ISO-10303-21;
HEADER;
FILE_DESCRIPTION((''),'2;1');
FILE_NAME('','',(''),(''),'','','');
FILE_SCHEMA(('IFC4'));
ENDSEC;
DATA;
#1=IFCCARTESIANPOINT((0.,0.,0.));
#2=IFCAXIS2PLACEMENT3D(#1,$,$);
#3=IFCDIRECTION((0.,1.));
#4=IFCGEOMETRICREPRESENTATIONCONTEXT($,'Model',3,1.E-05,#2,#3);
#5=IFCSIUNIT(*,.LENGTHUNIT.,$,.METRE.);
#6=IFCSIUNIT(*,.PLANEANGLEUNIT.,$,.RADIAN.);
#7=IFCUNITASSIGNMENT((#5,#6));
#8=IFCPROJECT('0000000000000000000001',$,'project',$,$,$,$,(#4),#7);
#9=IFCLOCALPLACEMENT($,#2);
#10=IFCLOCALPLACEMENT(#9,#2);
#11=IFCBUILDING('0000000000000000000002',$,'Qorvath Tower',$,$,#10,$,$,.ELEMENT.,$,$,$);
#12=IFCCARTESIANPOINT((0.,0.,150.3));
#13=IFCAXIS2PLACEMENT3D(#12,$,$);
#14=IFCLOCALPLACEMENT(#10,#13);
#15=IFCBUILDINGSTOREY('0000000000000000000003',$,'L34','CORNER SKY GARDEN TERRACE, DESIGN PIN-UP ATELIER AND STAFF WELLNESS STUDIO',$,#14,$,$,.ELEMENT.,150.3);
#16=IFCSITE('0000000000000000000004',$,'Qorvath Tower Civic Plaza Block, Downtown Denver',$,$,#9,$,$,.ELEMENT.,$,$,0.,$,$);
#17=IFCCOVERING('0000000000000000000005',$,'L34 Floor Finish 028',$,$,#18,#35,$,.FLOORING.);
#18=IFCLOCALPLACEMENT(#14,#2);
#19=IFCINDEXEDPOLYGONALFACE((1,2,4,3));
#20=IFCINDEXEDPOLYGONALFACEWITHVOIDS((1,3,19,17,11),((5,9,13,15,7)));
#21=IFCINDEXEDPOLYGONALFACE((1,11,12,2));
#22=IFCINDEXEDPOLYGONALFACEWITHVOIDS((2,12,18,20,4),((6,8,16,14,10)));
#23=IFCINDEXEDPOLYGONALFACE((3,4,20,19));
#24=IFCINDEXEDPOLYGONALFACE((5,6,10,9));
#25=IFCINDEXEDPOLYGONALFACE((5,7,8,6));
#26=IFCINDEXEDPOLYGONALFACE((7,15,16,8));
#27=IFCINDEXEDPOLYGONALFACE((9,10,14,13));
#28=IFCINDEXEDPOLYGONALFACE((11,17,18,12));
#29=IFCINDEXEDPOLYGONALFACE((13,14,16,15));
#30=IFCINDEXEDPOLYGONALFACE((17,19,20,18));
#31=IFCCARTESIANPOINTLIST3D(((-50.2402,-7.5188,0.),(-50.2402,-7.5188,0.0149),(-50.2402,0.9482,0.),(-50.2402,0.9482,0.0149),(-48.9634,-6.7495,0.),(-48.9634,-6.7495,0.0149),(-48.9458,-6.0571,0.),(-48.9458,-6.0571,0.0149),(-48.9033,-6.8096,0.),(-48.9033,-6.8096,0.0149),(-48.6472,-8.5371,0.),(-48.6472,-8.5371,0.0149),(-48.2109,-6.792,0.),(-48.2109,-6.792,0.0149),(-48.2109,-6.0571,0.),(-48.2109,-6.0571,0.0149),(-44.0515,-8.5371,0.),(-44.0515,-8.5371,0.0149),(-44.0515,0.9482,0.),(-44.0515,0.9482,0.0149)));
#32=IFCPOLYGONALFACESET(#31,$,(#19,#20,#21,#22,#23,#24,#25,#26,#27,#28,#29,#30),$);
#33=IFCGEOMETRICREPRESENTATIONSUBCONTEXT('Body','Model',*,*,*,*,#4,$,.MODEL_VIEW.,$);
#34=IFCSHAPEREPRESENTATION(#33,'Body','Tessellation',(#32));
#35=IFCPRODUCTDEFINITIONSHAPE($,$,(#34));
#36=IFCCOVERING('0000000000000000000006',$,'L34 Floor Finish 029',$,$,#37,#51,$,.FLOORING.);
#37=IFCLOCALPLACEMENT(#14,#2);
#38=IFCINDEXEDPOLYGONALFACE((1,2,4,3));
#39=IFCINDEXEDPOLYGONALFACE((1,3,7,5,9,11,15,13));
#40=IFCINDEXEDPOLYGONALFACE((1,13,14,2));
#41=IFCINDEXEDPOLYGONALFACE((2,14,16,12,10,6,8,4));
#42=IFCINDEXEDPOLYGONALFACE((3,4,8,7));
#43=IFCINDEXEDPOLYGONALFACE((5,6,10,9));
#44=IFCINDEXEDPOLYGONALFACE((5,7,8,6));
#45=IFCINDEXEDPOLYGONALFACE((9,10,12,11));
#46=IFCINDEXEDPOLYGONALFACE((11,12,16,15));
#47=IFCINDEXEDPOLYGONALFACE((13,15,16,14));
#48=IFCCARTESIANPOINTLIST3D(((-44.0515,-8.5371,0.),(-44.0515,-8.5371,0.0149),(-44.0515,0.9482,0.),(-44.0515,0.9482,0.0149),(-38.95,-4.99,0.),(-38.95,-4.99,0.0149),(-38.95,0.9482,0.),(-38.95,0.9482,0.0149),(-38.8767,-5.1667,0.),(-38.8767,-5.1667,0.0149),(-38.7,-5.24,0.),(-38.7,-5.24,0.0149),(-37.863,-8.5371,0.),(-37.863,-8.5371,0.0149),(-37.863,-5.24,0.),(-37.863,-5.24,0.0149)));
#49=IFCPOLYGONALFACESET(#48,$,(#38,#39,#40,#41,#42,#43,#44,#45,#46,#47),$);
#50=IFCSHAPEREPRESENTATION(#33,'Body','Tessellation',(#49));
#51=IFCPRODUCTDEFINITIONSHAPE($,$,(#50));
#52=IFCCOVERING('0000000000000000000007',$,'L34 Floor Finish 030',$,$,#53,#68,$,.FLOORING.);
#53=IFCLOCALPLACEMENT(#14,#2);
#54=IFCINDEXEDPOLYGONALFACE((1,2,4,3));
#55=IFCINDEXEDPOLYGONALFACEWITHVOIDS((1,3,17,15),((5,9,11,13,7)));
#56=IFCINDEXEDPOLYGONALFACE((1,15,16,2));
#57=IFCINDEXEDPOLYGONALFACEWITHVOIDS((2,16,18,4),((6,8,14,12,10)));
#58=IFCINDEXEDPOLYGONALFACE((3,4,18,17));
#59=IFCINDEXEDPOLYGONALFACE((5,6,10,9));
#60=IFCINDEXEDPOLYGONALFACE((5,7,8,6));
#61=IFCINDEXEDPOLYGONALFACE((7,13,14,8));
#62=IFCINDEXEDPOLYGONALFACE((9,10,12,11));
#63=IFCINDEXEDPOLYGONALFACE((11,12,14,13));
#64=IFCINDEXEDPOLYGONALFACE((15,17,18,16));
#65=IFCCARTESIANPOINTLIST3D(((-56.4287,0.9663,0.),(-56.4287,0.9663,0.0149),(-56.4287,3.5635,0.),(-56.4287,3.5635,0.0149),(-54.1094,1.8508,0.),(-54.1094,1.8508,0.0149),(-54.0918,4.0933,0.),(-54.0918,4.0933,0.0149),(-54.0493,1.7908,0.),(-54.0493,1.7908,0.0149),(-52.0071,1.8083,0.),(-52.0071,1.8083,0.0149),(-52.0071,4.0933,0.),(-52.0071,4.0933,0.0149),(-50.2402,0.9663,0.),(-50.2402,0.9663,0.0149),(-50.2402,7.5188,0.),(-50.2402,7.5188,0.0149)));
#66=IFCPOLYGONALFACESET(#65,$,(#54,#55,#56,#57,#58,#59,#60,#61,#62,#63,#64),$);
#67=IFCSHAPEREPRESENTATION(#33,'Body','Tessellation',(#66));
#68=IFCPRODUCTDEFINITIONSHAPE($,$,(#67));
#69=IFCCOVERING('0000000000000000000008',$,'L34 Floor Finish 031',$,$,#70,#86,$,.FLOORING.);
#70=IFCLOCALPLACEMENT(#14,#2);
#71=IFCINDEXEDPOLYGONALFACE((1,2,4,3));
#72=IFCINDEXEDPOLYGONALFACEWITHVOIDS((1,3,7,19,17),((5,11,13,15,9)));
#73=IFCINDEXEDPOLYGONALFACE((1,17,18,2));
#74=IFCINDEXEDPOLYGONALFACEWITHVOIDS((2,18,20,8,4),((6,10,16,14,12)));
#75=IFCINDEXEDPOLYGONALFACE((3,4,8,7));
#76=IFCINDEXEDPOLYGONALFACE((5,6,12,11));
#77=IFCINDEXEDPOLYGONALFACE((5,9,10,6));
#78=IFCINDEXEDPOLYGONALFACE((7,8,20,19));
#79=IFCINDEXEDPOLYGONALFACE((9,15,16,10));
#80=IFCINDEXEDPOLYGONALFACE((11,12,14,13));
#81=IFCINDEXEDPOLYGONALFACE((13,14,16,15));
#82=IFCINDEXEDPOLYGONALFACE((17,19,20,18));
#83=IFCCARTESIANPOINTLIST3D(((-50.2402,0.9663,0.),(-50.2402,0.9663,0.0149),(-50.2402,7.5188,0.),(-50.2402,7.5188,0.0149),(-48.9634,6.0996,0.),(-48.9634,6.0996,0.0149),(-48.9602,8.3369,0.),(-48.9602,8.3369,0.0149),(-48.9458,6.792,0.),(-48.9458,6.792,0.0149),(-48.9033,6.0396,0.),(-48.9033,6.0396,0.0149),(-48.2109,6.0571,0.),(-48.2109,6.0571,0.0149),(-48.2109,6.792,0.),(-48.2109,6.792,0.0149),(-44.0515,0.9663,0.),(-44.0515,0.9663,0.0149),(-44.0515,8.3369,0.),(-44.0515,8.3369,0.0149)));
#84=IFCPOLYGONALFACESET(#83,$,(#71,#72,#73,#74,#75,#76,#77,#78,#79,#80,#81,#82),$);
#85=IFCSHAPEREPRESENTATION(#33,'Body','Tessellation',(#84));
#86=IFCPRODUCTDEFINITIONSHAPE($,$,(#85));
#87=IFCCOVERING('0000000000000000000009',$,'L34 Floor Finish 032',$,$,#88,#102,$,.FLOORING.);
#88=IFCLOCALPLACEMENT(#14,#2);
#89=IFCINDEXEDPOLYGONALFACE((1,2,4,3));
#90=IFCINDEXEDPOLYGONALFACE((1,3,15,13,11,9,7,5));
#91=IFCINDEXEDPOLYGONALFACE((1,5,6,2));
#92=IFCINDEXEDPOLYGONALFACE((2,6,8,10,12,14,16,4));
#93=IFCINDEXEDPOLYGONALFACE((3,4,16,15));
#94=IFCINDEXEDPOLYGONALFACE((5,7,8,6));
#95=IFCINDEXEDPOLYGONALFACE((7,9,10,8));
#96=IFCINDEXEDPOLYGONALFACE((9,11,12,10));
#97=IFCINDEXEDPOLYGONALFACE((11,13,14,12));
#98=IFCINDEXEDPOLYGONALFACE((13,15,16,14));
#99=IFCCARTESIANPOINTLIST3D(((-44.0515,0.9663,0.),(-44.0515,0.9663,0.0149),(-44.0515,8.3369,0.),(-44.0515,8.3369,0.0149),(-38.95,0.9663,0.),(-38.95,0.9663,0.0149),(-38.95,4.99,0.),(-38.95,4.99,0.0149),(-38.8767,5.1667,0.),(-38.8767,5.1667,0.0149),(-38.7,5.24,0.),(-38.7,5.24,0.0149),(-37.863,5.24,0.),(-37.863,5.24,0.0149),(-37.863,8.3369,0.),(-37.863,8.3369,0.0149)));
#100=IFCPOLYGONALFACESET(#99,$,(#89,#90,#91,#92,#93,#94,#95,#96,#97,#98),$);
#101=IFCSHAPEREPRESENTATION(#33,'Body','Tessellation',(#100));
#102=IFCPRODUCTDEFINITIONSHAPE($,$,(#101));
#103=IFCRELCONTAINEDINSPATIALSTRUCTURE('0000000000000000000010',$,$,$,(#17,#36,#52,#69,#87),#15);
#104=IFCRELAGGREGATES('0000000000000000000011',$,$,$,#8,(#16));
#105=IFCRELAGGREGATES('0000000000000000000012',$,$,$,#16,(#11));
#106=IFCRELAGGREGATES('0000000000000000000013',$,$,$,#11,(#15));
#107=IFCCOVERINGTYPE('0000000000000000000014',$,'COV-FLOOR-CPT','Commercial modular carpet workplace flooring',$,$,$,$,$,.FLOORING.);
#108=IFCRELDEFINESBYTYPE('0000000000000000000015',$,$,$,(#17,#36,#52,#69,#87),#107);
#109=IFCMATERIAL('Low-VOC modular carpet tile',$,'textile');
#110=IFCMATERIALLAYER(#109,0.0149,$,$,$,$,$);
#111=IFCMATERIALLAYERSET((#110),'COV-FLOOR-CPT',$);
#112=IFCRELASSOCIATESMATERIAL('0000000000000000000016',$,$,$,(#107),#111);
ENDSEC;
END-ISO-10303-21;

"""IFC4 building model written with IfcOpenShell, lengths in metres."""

from ifc_helpers import new_model, si_unit, direction, frame, origin, place, context, subcontext, project, spatial, polyline, outline, extrude, material, layer, layer_set, type_object, element, save


model = new_model("IFC4")

# Units and contexts
model_context = context("Model", 3, precision=1e-05, world=origin(), true_north=direction((0.0, 1.0)))
body_context = subcontext(model_context, "Body", "Model", "MODEL_VIEW")
ifc_project = project(units=[si_unit("LENGTHUNIT", "METRE"), si_unit("PLANEANGLEUNIT", "RADIAN")], contexts=[model_context])

# Site, building, storey
site_placement = place(None, origin())
site = spatial("IfcSite", under=ifc_project, at=site_placement, Name="Qorvath Tower Civic Plaza Block, Downtown Denver", CompositionType="ELEMENT", RefElevation=0.0)
building_placement = place(site_placement, origin())
building = spatial("IfcBuilding", under=site, at=building_placement, Name="Qorvath Tower", CompositionType="ELEMENT")
storey_placement = place(building_placement, frame((0.0, 0.0, 150.3)))
storey = spatial("IfcBuildingStorey", under=building, at=storey_placement, Name="L34", Description="CORNER SKY GARDEN TERRACE, DESIGN PIN-UP ATELIER AND STAFF WELLNESS STUDIO", CompositionType="ELEMENT", Elevation=150.3)

# Coverings
ifc_material_1 = material(Name="Low-VOC modular carpet tile", Category="textile")
ifc_layer_1 = layer(ifc_material_1, 0.0149)
ifc_layer_set_1 = layer_set([ifc_layer_1], Name="COV-FLOOR-CPT")
covering_type_1 = type_object("IfcCoveringType", Name="COV-FLOOR-CPT", Description="Commercial modular carpet workplace flooring", PredefinedType="FLOORING", material=ifc_layer_set_1)
covering_1_placement = place(storey_placement, origin())
element("IfcCovering", 1, at=covering_1_placement, inside=storey, type_object=covering_type_1, Name="L34 Floor Finish 028", PredefinedType="FLOORING", context=body_context, shape_type="SweptSolid", body=[
    extrude(outline(polyline([(-44.0515, -8.5371), (-44.0515, 0.9482), (-50.2402, 0.9482), (-50.2402, -7.5188), (-48.6472, -8.5371), (-44.0515, -8.5371)]), holes=[polyline([(-48.9634, -6.7495), (-48.9458, -6.0571), (-48.2109, -6.0571), (-48.2109, -6.792), (-48.9033, -6.8096), (-48.9634, -6.7495)])]), origin(), (0.0, 0.0, 1.0), 0.0149),
])
covering_2_placement = place(storey_placement, origin())
element("IfcCovering", 2, at=covering_2_placement, inside=storey, type_object=covering_type_1, Name="L34 Floor Finish 029", PredefinedType="FLOORING", context=body_context, shape_type="SweptSolid", body=[
    extrude(outline(polyline([(-38.95, 0.9482), (-44.0515, 0.9482), (-44.0515, -8.5371), (-37.863, -8.5371), (-37.863, -5.24), (-38.7, -5.24), (-38.8767, -5.1667), (-38.95, -4.99), (-38.95, 0.9482)])), origin(), (0.0, 0.0, 1.0), 0.0149),
])
covering_3_placement = place(storey_placement, origin())
element("IfcCovering", 3, at=covering_3_placement, inside=storey, type_object=covering_type_1, Name="L34 Floor Finish 030", PredefinedType="FLOORING", context=body_context, shape_type="SweptSolid", body=[
    extrude(outline(polyline([(-50.2402, 0.9663), (-50.2402, 7.5188), (-56.4287, 3.5635), (-56.4287, 0.9663), (-50.2402, 0.9663)]), holes=[polyline([(-54.1094, 1.8508), (-54.0918, 4.0933), (-52.0071, 4.0933), (-52.0071, 1.8083), (-54.0493, 1.7908), (-54.1094, 1.8508)])]), origin(), (0.0, 0.0, 1.0), 0.0149),
])
covering_4_placement = place(storey_placement, origin())
element("IfcCovering", 4, at=covering_4_placement, inside=storey, type_object=covering_type_1, Name="L34 Floor Finish 031", PredefinedType="FLOORING", context=body_context, shape_type="SweptSolid", body=[
    extrude(outline(polyline([(-44.0515, 0.9663), (-44.0515, 8.3369), (-48.9602, 8.3369), (-50.2402, 7.5188), (-50.2402, 0.9663), (-44.0515, 0.9663)]), holes=[polyline([(-48.9634, 6.0996), (-48.9458, 6.792), (-48.2109, 6.792), (-48.2109, 6.0571), (-48.9033, 6.0396), (-48.9634, 6.0996)])]), origin(), (0.0, 0.0, 1.0), 0.0149),
])
covering_5_placement = place(storey_placement, origin())
element("IfcCovering", 5, at=covering_5_placement, inside=storey, type_object=covering_type_1, Name="L34 Floor Finish 032", PredefinedType="FLOORING", context=body_context, shape_type="SweptSolid", body=[
    extrude(outline(polyline([(-37.863, 8.3369), (-44.0515, 8.3369), (-44.0515, 0.9663), (-38.95, 0.9663), (-38.95, 4.99), (-38.8767, 5.1667), (-38.7, 5.24), (-37.863, 5.24), (-37.863, 8.3369)])), origin(), (0.0, 0.0, 1.0), 0.0149),
])

save(model, "model.ifc")
